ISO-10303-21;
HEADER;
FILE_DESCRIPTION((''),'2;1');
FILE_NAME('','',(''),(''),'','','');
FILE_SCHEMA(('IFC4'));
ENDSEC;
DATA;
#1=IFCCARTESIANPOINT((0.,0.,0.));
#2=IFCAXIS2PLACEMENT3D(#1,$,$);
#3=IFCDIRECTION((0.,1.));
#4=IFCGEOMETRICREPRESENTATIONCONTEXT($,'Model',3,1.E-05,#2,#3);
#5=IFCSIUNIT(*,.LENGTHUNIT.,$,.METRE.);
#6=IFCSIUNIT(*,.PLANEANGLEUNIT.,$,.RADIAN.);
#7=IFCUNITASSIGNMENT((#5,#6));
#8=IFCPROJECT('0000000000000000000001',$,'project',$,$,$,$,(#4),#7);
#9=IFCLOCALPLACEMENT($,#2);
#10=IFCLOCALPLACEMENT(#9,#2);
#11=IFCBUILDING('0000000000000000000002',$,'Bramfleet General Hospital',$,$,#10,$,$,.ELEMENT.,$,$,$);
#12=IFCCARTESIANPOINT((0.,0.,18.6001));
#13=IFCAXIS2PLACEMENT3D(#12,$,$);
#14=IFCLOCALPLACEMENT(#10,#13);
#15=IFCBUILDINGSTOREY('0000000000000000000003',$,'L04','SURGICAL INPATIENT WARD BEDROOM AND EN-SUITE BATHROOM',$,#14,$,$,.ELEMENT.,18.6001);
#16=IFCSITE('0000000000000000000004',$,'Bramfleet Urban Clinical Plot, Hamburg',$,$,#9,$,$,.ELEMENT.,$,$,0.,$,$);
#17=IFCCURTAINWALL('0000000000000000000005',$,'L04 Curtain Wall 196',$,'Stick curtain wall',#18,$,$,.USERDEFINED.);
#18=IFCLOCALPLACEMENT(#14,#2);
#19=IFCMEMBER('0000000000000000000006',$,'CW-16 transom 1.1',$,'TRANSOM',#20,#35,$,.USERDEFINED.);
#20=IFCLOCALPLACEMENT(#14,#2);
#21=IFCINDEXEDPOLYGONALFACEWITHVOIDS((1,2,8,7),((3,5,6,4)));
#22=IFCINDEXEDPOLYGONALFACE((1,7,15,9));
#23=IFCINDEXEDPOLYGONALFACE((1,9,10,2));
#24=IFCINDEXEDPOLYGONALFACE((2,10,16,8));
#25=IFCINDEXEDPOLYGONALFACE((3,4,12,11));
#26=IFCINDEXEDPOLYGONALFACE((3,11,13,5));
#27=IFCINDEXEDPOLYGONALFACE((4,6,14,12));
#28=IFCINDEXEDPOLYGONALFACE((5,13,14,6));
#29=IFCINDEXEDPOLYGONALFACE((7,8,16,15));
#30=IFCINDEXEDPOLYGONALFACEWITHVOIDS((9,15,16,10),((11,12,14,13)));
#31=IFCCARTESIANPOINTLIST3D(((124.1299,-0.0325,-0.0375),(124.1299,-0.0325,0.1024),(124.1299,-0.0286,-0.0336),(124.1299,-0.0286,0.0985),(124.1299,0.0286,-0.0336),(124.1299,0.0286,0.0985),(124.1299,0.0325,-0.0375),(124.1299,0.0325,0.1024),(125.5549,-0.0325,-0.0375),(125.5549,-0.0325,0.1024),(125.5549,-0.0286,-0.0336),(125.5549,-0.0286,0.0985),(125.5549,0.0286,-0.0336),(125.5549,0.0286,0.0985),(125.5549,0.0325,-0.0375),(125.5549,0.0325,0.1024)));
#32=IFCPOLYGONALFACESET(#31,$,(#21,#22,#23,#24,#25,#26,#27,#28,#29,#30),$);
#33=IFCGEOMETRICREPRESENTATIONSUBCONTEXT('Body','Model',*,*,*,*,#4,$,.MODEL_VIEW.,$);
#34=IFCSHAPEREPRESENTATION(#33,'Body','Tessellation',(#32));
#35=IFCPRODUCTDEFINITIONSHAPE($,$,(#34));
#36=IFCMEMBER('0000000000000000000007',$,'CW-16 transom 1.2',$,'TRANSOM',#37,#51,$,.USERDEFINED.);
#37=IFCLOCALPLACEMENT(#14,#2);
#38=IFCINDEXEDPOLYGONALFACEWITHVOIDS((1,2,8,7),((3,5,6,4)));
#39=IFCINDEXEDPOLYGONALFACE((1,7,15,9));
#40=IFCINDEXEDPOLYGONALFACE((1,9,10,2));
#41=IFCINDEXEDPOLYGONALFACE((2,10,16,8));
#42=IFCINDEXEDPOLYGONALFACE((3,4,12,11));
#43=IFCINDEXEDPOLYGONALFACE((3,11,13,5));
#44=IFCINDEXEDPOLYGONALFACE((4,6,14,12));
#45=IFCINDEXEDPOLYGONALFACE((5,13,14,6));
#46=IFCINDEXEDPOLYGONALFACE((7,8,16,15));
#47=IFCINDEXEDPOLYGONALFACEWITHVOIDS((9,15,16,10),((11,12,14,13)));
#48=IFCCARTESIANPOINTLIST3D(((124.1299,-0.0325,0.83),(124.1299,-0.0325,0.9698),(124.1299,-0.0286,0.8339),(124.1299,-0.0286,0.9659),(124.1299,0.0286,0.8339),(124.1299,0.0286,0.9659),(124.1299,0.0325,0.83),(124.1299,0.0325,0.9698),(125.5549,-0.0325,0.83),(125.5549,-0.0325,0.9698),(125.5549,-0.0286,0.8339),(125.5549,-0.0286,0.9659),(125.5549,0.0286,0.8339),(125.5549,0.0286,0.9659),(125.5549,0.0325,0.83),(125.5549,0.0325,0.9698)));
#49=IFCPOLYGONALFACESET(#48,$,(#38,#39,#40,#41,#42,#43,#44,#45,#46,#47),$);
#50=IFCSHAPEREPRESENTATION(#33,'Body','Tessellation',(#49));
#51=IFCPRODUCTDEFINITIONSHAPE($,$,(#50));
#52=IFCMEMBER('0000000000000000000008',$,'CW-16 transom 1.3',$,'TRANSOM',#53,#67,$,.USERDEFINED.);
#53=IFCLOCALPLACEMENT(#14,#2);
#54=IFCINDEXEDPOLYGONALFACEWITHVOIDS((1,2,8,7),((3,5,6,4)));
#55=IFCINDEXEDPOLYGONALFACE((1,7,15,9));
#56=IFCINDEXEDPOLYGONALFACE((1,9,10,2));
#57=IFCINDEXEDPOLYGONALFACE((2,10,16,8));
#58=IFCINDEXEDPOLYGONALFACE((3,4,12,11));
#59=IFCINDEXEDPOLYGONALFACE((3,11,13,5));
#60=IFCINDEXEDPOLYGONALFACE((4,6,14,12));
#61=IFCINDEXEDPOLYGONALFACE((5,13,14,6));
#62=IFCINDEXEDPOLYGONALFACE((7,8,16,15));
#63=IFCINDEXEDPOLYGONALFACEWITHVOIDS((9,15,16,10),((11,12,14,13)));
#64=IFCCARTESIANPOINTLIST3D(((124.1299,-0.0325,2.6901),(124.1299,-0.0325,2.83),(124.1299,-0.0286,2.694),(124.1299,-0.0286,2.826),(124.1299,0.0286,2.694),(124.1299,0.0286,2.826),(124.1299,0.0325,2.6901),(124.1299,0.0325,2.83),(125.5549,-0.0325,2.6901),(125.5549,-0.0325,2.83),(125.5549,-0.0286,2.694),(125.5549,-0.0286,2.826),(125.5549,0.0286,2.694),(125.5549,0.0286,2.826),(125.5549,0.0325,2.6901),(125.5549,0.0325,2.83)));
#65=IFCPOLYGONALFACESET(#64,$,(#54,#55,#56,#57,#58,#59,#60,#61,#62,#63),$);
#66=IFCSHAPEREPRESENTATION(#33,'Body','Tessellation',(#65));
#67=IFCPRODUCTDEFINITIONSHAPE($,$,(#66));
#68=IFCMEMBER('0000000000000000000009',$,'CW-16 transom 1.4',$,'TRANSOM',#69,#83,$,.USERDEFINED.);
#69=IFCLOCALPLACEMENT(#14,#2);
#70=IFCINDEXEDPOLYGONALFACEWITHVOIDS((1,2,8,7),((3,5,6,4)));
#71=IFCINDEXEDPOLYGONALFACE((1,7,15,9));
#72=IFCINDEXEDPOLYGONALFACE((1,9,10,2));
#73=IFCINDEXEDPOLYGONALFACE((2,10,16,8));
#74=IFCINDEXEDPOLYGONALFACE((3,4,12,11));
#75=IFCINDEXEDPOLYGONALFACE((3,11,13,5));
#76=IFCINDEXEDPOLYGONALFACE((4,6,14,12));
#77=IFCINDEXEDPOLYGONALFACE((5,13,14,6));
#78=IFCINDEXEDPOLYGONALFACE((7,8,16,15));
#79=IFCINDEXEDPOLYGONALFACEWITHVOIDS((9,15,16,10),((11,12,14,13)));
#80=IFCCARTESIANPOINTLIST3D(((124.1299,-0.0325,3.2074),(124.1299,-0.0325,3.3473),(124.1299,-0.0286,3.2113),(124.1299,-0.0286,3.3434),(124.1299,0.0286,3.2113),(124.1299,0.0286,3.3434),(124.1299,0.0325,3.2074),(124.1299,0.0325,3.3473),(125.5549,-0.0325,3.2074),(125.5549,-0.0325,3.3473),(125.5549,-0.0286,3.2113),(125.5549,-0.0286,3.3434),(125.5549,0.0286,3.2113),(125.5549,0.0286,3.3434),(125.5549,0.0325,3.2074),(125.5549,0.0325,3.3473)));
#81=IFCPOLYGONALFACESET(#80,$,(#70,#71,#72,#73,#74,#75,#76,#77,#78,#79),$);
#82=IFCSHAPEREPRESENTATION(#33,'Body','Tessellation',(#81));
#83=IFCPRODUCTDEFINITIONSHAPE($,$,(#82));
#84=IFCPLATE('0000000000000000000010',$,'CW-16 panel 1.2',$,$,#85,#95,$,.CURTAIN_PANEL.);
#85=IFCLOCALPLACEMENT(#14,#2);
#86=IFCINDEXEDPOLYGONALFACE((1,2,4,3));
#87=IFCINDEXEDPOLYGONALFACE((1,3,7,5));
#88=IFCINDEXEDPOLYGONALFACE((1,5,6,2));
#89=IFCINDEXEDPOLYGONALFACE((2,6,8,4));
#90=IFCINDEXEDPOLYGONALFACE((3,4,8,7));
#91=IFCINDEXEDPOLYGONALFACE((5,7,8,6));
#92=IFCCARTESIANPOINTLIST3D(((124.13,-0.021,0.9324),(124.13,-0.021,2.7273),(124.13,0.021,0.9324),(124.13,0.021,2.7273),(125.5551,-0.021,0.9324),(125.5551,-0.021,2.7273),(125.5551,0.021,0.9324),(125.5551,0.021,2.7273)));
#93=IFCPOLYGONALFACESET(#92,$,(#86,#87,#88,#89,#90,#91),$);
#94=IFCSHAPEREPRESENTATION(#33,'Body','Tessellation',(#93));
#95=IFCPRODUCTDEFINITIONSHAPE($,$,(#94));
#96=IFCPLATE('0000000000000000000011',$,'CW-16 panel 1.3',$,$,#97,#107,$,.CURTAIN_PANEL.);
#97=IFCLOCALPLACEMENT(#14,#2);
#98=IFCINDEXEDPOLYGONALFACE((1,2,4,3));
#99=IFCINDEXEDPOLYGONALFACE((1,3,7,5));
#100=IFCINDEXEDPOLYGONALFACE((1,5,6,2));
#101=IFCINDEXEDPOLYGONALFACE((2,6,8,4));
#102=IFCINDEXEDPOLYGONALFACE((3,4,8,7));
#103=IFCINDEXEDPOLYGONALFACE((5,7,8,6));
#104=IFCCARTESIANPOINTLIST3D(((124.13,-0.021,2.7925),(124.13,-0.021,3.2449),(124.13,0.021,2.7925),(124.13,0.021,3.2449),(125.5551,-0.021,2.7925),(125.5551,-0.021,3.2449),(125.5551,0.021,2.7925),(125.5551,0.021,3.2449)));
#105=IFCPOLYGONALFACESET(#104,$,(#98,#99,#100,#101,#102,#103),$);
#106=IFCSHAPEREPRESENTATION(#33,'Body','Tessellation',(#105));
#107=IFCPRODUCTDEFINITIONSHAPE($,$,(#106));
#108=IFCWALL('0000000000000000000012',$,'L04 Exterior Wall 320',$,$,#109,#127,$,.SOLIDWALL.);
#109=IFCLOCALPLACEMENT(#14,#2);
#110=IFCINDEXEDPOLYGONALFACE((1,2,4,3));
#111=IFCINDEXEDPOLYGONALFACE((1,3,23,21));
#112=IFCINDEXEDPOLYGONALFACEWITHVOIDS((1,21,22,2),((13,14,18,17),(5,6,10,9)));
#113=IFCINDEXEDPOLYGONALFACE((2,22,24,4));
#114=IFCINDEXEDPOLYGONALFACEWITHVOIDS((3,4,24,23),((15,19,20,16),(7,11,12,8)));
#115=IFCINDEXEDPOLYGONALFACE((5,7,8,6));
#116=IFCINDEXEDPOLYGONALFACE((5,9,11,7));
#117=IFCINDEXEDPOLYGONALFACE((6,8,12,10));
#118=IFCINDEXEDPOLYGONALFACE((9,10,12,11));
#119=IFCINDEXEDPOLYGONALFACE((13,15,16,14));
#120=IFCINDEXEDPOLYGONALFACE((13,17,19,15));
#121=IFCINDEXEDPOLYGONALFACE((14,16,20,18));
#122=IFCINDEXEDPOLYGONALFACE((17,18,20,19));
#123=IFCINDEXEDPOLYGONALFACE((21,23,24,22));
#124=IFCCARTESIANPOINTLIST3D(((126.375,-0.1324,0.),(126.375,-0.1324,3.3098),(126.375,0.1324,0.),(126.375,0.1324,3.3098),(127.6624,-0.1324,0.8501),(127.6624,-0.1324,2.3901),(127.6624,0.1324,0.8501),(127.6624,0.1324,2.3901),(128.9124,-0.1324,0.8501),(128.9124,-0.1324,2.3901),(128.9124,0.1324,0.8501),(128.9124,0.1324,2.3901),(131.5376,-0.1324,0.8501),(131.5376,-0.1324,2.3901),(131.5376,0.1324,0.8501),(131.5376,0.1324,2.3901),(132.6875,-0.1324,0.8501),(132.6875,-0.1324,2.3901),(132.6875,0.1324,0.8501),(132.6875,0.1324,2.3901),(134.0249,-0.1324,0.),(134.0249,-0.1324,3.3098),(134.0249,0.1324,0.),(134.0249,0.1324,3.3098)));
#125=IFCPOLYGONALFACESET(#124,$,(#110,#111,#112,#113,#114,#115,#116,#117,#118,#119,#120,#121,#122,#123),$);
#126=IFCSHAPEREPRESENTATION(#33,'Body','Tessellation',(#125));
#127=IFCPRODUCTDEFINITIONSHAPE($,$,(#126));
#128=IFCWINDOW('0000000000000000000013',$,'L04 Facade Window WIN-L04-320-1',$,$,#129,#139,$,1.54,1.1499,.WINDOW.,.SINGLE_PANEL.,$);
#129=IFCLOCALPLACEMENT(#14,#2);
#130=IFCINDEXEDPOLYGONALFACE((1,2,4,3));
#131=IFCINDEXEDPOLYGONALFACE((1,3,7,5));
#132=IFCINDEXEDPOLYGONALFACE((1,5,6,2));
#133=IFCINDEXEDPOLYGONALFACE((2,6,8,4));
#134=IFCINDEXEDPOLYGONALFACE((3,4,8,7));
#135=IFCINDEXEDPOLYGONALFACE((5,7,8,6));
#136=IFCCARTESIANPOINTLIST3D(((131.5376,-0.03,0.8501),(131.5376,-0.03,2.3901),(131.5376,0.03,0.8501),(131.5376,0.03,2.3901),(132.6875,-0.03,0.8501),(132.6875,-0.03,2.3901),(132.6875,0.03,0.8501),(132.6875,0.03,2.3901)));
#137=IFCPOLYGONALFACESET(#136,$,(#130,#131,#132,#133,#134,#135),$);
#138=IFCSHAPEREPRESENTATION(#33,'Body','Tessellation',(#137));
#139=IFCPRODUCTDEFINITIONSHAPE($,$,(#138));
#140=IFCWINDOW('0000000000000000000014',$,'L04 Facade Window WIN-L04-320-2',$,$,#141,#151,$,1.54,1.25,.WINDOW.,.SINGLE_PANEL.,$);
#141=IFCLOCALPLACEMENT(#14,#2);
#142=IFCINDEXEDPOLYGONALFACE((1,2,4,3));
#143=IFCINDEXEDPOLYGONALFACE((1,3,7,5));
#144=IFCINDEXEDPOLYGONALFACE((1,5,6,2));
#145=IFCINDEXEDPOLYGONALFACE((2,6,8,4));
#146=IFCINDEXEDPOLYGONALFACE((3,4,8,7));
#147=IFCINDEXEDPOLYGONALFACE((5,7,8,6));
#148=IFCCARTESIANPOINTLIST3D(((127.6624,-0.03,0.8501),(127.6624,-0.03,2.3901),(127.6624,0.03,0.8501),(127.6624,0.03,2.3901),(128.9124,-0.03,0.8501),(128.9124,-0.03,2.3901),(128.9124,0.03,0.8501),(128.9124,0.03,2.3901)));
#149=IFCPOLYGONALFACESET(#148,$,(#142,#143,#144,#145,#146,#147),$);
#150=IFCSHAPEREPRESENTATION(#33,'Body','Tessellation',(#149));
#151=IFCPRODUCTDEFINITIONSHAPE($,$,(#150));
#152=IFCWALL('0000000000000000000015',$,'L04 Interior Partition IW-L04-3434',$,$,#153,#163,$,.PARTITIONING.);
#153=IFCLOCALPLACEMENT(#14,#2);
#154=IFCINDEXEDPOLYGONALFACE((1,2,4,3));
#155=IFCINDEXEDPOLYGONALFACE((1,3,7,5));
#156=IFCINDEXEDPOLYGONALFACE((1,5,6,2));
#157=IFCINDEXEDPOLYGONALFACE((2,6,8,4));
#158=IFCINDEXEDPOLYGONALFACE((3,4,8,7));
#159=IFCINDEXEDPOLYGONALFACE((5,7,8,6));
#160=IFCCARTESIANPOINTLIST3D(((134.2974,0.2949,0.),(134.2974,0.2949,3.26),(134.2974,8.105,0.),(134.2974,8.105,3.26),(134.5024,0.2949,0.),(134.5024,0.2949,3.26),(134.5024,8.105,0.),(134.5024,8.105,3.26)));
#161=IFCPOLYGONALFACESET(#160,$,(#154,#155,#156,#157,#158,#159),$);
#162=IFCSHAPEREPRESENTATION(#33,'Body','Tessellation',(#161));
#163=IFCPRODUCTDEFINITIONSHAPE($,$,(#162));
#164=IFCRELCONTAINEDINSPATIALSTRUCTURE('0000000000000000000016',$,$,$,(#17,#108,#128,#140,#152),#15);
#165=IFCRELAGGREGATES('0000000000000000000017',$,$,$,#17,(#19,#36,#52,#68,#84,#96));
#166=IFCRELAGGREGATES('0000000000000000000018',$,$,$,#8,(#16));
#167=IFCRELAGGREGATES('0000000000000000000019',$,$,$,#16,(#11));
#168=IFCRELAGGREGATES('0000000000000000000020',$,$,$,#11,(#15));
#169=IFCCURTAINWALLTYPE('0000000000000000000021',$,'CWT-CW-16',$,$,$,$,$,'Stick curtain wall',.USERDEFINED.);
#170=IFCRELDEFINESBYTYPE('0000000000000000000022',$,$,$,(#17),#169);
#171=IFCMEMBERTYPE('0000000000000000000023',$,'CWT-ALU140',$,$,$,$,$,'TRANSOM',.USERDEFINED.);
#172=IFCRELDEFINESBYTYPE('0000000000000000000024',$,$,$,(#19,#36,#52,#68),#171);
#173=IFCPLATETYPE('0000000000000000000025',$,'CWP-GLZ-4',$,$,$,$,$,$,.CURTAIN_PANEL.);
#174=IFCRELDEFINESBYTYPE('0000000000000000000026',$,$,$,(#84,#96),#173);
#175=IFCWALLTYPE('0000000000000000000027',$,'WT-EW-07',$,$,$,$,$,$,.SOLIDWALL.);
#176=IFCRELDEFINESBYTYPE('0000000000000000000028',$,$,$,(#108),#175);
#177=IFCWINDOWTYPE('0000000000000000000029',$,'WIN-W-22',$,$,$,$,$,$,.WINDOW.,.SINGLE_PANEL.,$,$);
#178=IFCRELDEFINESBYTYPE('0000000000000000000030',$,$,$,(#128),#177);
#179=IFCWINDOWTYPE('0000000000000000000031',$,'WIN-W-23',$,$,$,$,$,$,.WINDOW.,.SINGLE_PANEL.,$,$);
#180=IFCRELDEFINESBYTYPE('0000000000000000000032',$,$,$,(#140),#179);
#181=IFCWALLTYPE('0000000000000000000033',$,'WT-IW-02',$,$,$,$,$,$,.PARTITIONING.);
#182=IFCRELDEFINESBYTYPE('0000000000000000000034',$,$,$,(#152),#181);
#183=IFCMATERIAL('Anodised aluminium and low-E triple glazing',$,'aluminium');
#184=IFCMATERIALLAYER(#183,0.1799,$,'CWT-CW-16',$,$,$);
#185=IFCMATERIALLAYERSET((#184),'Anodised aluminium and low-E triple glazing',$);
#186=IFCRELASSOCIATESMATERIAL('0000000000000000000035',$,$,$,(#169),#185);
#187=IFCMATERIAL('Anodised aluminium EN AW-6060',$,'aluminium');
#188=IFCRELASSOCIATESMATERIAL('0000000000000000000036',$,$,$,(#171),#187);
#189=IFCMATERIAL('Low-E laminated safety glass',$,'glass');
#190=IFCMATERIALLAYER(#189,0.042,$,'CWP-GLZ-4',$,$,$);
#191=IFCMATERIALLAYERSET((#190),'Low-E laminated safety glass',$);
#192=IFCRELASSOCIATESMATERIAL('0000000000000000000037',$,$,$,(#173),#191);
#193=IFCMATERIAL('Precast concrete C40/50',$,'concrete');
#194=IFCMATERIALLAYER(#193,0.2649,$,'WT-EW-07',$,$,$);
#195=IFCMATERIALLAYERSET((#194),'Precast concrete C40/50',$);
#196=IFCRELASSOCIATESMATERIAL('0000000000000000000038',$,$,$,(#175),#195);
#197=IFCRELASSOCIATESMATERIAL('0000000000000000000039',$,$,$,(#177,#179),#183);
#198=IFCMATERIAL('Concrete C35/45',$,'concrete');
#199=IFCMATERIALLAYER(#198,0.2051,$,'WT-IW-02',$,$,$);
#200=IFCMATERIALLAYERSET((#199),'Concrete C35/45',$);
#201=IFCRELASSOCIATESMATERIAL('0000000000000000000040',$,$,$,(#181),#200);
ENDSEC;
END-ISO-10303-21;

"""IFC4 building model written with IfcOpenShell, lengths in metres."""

from ifc_helpers import new_model, si_unit, direction, frame, frame_2d, origin, origin_2d, place, context, subcontext, project, spatial, rectangle, hollow_rectangle, extrude, material, layer, layer_set, material_profile, profile_set, type_object, element, fill, aggregate, save


model = new_model("IFC4")

# Units and contexts
model_context = context("Model", 3, precision=1e-05, world=origin(), true_north=direction((0.0, 1.0)))
body_context = subcontext(model_context, "Body", "Model", "MODEL_VIEW")
ifc_project = project(units=[si_unit("LENGTHUNIT", "METRE"), si_unit("PLANEANGLEUNIT", "RADIAN")], contexts=[model_context])

# Site, building, storey
site_placement = place(None, origin())
site = spatial("IfcSite", under=ifc_project, at=site_placement, Name="Bramfleet Urban Clinical Plot, Hamburg", CompositionType="ELEMENT", RefElevation=0.0)
building_placement = place(site_placement, origin())
building = spatial("IfcBuilding", under=site, at=building_placement, Name="Bramfleet General Hospital", CompositionType="ELEMENT")
storey_placement = place(building_placement, frame((0.0, 0.0, 18.6001)))
storey = spatial("IfcBuildingStorey", under=building, at=storey_placement, Name="L04", Description="SURGICAL INPATIENT WARD BEDROOM AND EN-SUITE BATHROOM", CompositionType="ELEMENT", Elevation=18.6001)

# Curtain wall, members, plates
ifc_material_1 = material(Name="Anodised aluminium and low-E triple glazing", Category="aluminium")
ifc_layer_1 = layer(ifc_material_1, 0.1799, Name="CWT-CW-16")
ifc_layer_set_1 = layer_set([ifc_layer_1], Name="Anodised aluminium and low-E triple glazing")
curtain_wall_type = type_object("IfcCurtainWallType", Name="CWT-CW-16", ElementType="Stick curtain wall", PredefinedType="USERDEFINED", material=ifc_layer_set_1)
curtain_wall_placement = place(storey_placement, origin())
curtain_wall = element("IfcCurtainWall", 1, at=curtain_wall_placement, inside=storey, type_object=curtain_wall_type, Name="L04 Curtain Wall 196", ObjectType="Stick curtain wall", PredefinedType="USERDEFINED")
ifc_material_2 = material(Name="Anodised aluminium EN AW-6060", Category="aluminium")
ifc_material_profile_1 = material_profile(ifc_material_2, hollow_rectangle(XDim=0.0649, YDim=0.1399, WallThickness=0.0039, at=origin_2d()), Name="ALU 140x65x4.0")
ifc_profile_set_1 = profile_set([ifc_material_profile_1], Name="Anodised aluminium EN AW-6060")
member_type_1 = type_object("IfcMemberType", Name="CWT-ALU140", ElementType="TRANSOM", PredefinedType="USERDEFINED", material=ifc_profile_set_1)
member_1_placement = place(storey_placement, frame((125.5549, 0.0, 0.0325), z_axis=(-1.0, 0.0, 0.0), x_axis=(0.0, -1.0, 0.0)))
member_1 = element("IfcMember", 2, at=member_1_placement, type_object=member_type_1, Name="CW-16 transom 1.1", ObjectType="TRANSOM", PredefinedType="USERDEFINED", context=body_context, shape_type="SweptSolid", body=[
    extrude(hollow_rectangle(XDim=0.0649, YDim=0.1399, WallThickness=0.0039, at=origin_2d()), origin(), (0.0, 0.0, 1.0), 1.425),
])
member_2_placement = place(storey_placement, frame((125.5549, 0.0, 0.8999), z_axis=(-1.0, 0.0, 0.0), x_axis=(0.0, -1.0, 0.0)))
member_2 = element("IfcMember", 3, at=member_2_placement, type_object=member_type_1, Name="CW-16 transom 1.2", ObjectType="TRANSOM", PredefinedType="USERDEFINED", context=body_context, shape_type="SweptSolid", body=[
    extrude(hollow_rectangle(XDim=0.0649, YDim=0.1399, WallThickness=0.0039, at=origin_2d()), origin(), (0.0, 0.0, 1.0), 1.425),
])
member_3_placement = place(storey_placement, frame((125.5549, 0.0, 2.76), z_axis=(-1.0, 0.0, 0.0), x_axis=(0.0, -1.0, 0.0)))
member_3 = element("IfcMember", 4, at=member_3_placement, type_object=member_type_1, Name="CW-16 transom 1.3", ObjectType="TRANSOM", PredefinedType="USERDEFINED", context=body_context, shape_type="SweptSolid", body=[
    extrude(hollow_rectangle(XDim=0.0649, YDim=0.1399, WallThickness=0.0039, at=origin_2d()), origin(), (0.0, 0.0, 1.0), 1.425),
])
member_4_placement = place(storey_placement, frame((125.5549, 0.0, 3.2773), z_axis=(-1.0, 0.0, 0.0), x_axis=(0.0, -1.0, 0.0)))
member_4 = element("IfcMember", 5, at=member_4_placement, type_object=member_type_1, Name="CW-16 transom 1.4", ObjectType="TRANSOM", PredefinedType="USERDEFINED", context=body_context, shape_type="SweptSolid", body=[
    extrude(hollow_rectangle(XDim=0.0649, YDim=0.1399, WallThickness=0.0039, at=origin_2d()), origin(), (0.0, 0.0, 1.0), 1.425),
])
ifc_material_3 = material(Name="Low-E laminated safety glass", Category="glass")
ifc_layer_2 = layer(ifc_material_3, 0.042, Name="CWP-GLZ-4")
ifc_layer_set_2 = layer_set([ifc_layer_2], Name="Low-E laminated safety glass")
plate_type = type_object("IfcPlateType", Name="CWP-GLZ-4", PredefinedType="CURTAIN_PANEL", material=ifc_layer_set_2)
plate_1_placement = place(storey_placement, frame((124.8425, 0.0, 0.9324), z_axis=(0.0, 0.0, 1.0), x_axis=(-1.0, 0.0, 0.0)))
plate_1 = element("IfcPlate", 6, at=plate_1_placement, type_object=plate_type, Name="CW-16 panel 1.2", PredefinedType="CURTAIN_PANEL", context=body_context, shape_type="SweptSolid", body=[
    extrude(rectangle(XDim=1.425, YDim=0.042, at=origin_2d()), origin(), (0.0, 0.0, 1.0), 1.7949),
])
plate_2_placement = place(storey_placement, frame((124.8425, 0.0, 2.7925), z_axis=(0.0, 0.0, 1.0), x_axis=(-1.0, 0.0, 0.0)))
plate_2 = element("IfcPlate", 7, at=plate_2_placement, type_object=plate_type, Name="CW-16 panel 1.3", PredefinedType="CURTAIN_PANEL", context=body_context, shape_type="SweptSolid", body=[
    extrude(rectangle(XDim=1.425, YDim=0.042, at=origin_2d()), origin(), (0.0, 0.0, 1.0), 0.4524),
])
aggregate(curtain_wall, [member_1, member_2, member_3, member_4, plate_1, plate_2])

# Wall, openings, windows
ifc_material_4 = material(Name="Precast concrete C40/50", Category="concrete")
ifc_layer_3 = layer(ifc_material_4, 0.2649, Name="WT-EW-07")
ifc_layer_set_3 = layer_set([ifc_layer_3], Name="Precast concrete C40/50")
wall_type_1 = type_object("IfcWallType", Name="WT-EW-07", PredefinedType="SOLIDWALL", material=ifc_layer_set_3)
wall_1_placement = place(storey_placement, frame((134.0249, 0.0, 0.0), z_axis=(0.0, 0.0, 1.0), x_axis=(-1.0, 0.0, 0.0)))
wall_1 = element("IfcWall", 8, at=wall_1_placement, inside=storey, type_object=wall_type_1, Name="L04 Exterior Wall 320", PredefinedType="SOLIDWALL", context=body_context, shape_type="SweptSolid", body=[
    extrude(rectangle(XDim=7.6499, YDim=0.2649, at=frame_2d((3.825, 0.0))), origin(), (0.0, 0.0, 1.0), 3.3098),
])
opening_1_placement = place(wall_1_placement, frame((1.3374, 0.0, 0.8501)))
opening_1 = element("IfcOpeningElement", 9, at=opening_1_placement, cuts=wall_1, PredefinedType="OPENING", context=body_context, shape_type="SweptSolid", body=[
    extrude(rectangle(XDim=1.1499, YDim=1.54, at=frame_2d((0.575, 0.77))), frame((0.0, 0.1423, 0.0), z_axis=(0.0, -1.0, 0.0), x_axis=(1.0, 0.0, 0.0)), (0.0, 0.0, 1.0), 0.2849),
])
opening_2_placement = place(wall_1_placement, frame((5.1125, 0.0, 0.8501)))
opening_2 = element("IfcOpeningElement", 10, at=opening_2_placement, cuts=wall_1, PredefinedType="OPENING", context=body_context, shape_type="SweptSolid", body=[
    extrude(rectangle(XDim=1.25, YDim=1.54, at=frame_2d((0.625, 0.77))), frame((0.0, 0.1423, 0.0), z_axis=(0.0, -1.0, 0.0), x_axis=(1.0, 0.0, 0.0)), (0.0, 0.0, 1.0), 0.2849),
])
window_type_1 = type_object("IfcWindowType", Name="WIN-W-22", PartitioningType="SINGLE_PANEL", PredefinedType="WINDOW", material=ifc_material_1)
window_1_placement = place(opening_1_placement, origin())
window_1 = element("IfcWindow", 11, at=window_1_placement, inside=storey, type_object=window_type_1, Name="L04 Facade Window WIN-L04-320-1", OverallHeight=1.54, OverallWidth=1.1499, PartitioningType="SINGLE_PANEL", PredefinedType="WINDOW", context=body_context, shape_type="SweptSolid", body=[
    extrude(rectangle(XDim=1.1499, YDim=1.54, at=frame_2d((0.575, 0.77))), frame((0.0, 0.03, 0.0), z_axis=(0.0, -1.0, 0.0), x_axis=(1.0, 0.0, 0.0)), (0.0, 0.0, 1.0), 0.0601),
])
fill(opening_1, window_1)
window_type_2 = type_object("IfcWindowType", Name="WIN-W-23", PartitioningType="SINGLE_PANEL", PredefinedType="WINDOW", material=ifc_material_1)
window_2_placement = place(opening_2_placement, origin())
window_2 = element("IfcWindow", 12, at=window_2_placement, inside=storey, type_object=window_type_2, Name="L04 Facade Window WIN-L04-320-2", OverallHeight=1.54, OverallWidth=1.25, PartitioningType="SINGLE_PANEL", PredefinedType="WINDOW", context=body_context, shape_type="SweptSolid", body=[
    extrude(rectangle(XDim=1.25, YDim=1.54, at=frame_2d((0.625, 0.77))), frame((0.0, 0.03, 0.0), z_axis=(0.0, -1.0, 0.0), x_axis=(1.0, 0.0, 0.0)), (0.0, 0.0, 1.0), 0.0601),
])
fill(opening_2, window_2)

# Wall
ifc_material_5 = material(Name="Concrete C35/45", Category="concrete")
ifc_layer_4 = layer(ifc_material_5, 0.2051, Name="WT-IW-02")
ifc_layer_set_4 = layer_set([ifc_layer_4], Name="Concrete C35/45")
wall_type_2 = type_object("IfcWallType", Name="WT-IW-02", PredefinedType="PARTITIONING", material=ifc_layer_set_4)
wall_2_placement = place(storey_placement, frame((134.3999, 0.2949, 0.0), z_axis=(0.0, 0.0, 1.0), x_axis=(0.0, 1.0, 0.0)))
element("IfcWall", 13, at=wall_2_placement, inside=storey, type_object=wall_type_2, Name="L04 Interior Partition IW-L04-3434", PredefinedType="PARTITIONING", context=body_context, shape_type="SweptSolid", body=[
    extrude(rectangle(XDim=7.8101, YDim=0.2051, at=frame_2d((3.905, 0.0))), origin(), (0.0, 0.0, 1.0), 3.26),
])

save(model, "model.ifc")
